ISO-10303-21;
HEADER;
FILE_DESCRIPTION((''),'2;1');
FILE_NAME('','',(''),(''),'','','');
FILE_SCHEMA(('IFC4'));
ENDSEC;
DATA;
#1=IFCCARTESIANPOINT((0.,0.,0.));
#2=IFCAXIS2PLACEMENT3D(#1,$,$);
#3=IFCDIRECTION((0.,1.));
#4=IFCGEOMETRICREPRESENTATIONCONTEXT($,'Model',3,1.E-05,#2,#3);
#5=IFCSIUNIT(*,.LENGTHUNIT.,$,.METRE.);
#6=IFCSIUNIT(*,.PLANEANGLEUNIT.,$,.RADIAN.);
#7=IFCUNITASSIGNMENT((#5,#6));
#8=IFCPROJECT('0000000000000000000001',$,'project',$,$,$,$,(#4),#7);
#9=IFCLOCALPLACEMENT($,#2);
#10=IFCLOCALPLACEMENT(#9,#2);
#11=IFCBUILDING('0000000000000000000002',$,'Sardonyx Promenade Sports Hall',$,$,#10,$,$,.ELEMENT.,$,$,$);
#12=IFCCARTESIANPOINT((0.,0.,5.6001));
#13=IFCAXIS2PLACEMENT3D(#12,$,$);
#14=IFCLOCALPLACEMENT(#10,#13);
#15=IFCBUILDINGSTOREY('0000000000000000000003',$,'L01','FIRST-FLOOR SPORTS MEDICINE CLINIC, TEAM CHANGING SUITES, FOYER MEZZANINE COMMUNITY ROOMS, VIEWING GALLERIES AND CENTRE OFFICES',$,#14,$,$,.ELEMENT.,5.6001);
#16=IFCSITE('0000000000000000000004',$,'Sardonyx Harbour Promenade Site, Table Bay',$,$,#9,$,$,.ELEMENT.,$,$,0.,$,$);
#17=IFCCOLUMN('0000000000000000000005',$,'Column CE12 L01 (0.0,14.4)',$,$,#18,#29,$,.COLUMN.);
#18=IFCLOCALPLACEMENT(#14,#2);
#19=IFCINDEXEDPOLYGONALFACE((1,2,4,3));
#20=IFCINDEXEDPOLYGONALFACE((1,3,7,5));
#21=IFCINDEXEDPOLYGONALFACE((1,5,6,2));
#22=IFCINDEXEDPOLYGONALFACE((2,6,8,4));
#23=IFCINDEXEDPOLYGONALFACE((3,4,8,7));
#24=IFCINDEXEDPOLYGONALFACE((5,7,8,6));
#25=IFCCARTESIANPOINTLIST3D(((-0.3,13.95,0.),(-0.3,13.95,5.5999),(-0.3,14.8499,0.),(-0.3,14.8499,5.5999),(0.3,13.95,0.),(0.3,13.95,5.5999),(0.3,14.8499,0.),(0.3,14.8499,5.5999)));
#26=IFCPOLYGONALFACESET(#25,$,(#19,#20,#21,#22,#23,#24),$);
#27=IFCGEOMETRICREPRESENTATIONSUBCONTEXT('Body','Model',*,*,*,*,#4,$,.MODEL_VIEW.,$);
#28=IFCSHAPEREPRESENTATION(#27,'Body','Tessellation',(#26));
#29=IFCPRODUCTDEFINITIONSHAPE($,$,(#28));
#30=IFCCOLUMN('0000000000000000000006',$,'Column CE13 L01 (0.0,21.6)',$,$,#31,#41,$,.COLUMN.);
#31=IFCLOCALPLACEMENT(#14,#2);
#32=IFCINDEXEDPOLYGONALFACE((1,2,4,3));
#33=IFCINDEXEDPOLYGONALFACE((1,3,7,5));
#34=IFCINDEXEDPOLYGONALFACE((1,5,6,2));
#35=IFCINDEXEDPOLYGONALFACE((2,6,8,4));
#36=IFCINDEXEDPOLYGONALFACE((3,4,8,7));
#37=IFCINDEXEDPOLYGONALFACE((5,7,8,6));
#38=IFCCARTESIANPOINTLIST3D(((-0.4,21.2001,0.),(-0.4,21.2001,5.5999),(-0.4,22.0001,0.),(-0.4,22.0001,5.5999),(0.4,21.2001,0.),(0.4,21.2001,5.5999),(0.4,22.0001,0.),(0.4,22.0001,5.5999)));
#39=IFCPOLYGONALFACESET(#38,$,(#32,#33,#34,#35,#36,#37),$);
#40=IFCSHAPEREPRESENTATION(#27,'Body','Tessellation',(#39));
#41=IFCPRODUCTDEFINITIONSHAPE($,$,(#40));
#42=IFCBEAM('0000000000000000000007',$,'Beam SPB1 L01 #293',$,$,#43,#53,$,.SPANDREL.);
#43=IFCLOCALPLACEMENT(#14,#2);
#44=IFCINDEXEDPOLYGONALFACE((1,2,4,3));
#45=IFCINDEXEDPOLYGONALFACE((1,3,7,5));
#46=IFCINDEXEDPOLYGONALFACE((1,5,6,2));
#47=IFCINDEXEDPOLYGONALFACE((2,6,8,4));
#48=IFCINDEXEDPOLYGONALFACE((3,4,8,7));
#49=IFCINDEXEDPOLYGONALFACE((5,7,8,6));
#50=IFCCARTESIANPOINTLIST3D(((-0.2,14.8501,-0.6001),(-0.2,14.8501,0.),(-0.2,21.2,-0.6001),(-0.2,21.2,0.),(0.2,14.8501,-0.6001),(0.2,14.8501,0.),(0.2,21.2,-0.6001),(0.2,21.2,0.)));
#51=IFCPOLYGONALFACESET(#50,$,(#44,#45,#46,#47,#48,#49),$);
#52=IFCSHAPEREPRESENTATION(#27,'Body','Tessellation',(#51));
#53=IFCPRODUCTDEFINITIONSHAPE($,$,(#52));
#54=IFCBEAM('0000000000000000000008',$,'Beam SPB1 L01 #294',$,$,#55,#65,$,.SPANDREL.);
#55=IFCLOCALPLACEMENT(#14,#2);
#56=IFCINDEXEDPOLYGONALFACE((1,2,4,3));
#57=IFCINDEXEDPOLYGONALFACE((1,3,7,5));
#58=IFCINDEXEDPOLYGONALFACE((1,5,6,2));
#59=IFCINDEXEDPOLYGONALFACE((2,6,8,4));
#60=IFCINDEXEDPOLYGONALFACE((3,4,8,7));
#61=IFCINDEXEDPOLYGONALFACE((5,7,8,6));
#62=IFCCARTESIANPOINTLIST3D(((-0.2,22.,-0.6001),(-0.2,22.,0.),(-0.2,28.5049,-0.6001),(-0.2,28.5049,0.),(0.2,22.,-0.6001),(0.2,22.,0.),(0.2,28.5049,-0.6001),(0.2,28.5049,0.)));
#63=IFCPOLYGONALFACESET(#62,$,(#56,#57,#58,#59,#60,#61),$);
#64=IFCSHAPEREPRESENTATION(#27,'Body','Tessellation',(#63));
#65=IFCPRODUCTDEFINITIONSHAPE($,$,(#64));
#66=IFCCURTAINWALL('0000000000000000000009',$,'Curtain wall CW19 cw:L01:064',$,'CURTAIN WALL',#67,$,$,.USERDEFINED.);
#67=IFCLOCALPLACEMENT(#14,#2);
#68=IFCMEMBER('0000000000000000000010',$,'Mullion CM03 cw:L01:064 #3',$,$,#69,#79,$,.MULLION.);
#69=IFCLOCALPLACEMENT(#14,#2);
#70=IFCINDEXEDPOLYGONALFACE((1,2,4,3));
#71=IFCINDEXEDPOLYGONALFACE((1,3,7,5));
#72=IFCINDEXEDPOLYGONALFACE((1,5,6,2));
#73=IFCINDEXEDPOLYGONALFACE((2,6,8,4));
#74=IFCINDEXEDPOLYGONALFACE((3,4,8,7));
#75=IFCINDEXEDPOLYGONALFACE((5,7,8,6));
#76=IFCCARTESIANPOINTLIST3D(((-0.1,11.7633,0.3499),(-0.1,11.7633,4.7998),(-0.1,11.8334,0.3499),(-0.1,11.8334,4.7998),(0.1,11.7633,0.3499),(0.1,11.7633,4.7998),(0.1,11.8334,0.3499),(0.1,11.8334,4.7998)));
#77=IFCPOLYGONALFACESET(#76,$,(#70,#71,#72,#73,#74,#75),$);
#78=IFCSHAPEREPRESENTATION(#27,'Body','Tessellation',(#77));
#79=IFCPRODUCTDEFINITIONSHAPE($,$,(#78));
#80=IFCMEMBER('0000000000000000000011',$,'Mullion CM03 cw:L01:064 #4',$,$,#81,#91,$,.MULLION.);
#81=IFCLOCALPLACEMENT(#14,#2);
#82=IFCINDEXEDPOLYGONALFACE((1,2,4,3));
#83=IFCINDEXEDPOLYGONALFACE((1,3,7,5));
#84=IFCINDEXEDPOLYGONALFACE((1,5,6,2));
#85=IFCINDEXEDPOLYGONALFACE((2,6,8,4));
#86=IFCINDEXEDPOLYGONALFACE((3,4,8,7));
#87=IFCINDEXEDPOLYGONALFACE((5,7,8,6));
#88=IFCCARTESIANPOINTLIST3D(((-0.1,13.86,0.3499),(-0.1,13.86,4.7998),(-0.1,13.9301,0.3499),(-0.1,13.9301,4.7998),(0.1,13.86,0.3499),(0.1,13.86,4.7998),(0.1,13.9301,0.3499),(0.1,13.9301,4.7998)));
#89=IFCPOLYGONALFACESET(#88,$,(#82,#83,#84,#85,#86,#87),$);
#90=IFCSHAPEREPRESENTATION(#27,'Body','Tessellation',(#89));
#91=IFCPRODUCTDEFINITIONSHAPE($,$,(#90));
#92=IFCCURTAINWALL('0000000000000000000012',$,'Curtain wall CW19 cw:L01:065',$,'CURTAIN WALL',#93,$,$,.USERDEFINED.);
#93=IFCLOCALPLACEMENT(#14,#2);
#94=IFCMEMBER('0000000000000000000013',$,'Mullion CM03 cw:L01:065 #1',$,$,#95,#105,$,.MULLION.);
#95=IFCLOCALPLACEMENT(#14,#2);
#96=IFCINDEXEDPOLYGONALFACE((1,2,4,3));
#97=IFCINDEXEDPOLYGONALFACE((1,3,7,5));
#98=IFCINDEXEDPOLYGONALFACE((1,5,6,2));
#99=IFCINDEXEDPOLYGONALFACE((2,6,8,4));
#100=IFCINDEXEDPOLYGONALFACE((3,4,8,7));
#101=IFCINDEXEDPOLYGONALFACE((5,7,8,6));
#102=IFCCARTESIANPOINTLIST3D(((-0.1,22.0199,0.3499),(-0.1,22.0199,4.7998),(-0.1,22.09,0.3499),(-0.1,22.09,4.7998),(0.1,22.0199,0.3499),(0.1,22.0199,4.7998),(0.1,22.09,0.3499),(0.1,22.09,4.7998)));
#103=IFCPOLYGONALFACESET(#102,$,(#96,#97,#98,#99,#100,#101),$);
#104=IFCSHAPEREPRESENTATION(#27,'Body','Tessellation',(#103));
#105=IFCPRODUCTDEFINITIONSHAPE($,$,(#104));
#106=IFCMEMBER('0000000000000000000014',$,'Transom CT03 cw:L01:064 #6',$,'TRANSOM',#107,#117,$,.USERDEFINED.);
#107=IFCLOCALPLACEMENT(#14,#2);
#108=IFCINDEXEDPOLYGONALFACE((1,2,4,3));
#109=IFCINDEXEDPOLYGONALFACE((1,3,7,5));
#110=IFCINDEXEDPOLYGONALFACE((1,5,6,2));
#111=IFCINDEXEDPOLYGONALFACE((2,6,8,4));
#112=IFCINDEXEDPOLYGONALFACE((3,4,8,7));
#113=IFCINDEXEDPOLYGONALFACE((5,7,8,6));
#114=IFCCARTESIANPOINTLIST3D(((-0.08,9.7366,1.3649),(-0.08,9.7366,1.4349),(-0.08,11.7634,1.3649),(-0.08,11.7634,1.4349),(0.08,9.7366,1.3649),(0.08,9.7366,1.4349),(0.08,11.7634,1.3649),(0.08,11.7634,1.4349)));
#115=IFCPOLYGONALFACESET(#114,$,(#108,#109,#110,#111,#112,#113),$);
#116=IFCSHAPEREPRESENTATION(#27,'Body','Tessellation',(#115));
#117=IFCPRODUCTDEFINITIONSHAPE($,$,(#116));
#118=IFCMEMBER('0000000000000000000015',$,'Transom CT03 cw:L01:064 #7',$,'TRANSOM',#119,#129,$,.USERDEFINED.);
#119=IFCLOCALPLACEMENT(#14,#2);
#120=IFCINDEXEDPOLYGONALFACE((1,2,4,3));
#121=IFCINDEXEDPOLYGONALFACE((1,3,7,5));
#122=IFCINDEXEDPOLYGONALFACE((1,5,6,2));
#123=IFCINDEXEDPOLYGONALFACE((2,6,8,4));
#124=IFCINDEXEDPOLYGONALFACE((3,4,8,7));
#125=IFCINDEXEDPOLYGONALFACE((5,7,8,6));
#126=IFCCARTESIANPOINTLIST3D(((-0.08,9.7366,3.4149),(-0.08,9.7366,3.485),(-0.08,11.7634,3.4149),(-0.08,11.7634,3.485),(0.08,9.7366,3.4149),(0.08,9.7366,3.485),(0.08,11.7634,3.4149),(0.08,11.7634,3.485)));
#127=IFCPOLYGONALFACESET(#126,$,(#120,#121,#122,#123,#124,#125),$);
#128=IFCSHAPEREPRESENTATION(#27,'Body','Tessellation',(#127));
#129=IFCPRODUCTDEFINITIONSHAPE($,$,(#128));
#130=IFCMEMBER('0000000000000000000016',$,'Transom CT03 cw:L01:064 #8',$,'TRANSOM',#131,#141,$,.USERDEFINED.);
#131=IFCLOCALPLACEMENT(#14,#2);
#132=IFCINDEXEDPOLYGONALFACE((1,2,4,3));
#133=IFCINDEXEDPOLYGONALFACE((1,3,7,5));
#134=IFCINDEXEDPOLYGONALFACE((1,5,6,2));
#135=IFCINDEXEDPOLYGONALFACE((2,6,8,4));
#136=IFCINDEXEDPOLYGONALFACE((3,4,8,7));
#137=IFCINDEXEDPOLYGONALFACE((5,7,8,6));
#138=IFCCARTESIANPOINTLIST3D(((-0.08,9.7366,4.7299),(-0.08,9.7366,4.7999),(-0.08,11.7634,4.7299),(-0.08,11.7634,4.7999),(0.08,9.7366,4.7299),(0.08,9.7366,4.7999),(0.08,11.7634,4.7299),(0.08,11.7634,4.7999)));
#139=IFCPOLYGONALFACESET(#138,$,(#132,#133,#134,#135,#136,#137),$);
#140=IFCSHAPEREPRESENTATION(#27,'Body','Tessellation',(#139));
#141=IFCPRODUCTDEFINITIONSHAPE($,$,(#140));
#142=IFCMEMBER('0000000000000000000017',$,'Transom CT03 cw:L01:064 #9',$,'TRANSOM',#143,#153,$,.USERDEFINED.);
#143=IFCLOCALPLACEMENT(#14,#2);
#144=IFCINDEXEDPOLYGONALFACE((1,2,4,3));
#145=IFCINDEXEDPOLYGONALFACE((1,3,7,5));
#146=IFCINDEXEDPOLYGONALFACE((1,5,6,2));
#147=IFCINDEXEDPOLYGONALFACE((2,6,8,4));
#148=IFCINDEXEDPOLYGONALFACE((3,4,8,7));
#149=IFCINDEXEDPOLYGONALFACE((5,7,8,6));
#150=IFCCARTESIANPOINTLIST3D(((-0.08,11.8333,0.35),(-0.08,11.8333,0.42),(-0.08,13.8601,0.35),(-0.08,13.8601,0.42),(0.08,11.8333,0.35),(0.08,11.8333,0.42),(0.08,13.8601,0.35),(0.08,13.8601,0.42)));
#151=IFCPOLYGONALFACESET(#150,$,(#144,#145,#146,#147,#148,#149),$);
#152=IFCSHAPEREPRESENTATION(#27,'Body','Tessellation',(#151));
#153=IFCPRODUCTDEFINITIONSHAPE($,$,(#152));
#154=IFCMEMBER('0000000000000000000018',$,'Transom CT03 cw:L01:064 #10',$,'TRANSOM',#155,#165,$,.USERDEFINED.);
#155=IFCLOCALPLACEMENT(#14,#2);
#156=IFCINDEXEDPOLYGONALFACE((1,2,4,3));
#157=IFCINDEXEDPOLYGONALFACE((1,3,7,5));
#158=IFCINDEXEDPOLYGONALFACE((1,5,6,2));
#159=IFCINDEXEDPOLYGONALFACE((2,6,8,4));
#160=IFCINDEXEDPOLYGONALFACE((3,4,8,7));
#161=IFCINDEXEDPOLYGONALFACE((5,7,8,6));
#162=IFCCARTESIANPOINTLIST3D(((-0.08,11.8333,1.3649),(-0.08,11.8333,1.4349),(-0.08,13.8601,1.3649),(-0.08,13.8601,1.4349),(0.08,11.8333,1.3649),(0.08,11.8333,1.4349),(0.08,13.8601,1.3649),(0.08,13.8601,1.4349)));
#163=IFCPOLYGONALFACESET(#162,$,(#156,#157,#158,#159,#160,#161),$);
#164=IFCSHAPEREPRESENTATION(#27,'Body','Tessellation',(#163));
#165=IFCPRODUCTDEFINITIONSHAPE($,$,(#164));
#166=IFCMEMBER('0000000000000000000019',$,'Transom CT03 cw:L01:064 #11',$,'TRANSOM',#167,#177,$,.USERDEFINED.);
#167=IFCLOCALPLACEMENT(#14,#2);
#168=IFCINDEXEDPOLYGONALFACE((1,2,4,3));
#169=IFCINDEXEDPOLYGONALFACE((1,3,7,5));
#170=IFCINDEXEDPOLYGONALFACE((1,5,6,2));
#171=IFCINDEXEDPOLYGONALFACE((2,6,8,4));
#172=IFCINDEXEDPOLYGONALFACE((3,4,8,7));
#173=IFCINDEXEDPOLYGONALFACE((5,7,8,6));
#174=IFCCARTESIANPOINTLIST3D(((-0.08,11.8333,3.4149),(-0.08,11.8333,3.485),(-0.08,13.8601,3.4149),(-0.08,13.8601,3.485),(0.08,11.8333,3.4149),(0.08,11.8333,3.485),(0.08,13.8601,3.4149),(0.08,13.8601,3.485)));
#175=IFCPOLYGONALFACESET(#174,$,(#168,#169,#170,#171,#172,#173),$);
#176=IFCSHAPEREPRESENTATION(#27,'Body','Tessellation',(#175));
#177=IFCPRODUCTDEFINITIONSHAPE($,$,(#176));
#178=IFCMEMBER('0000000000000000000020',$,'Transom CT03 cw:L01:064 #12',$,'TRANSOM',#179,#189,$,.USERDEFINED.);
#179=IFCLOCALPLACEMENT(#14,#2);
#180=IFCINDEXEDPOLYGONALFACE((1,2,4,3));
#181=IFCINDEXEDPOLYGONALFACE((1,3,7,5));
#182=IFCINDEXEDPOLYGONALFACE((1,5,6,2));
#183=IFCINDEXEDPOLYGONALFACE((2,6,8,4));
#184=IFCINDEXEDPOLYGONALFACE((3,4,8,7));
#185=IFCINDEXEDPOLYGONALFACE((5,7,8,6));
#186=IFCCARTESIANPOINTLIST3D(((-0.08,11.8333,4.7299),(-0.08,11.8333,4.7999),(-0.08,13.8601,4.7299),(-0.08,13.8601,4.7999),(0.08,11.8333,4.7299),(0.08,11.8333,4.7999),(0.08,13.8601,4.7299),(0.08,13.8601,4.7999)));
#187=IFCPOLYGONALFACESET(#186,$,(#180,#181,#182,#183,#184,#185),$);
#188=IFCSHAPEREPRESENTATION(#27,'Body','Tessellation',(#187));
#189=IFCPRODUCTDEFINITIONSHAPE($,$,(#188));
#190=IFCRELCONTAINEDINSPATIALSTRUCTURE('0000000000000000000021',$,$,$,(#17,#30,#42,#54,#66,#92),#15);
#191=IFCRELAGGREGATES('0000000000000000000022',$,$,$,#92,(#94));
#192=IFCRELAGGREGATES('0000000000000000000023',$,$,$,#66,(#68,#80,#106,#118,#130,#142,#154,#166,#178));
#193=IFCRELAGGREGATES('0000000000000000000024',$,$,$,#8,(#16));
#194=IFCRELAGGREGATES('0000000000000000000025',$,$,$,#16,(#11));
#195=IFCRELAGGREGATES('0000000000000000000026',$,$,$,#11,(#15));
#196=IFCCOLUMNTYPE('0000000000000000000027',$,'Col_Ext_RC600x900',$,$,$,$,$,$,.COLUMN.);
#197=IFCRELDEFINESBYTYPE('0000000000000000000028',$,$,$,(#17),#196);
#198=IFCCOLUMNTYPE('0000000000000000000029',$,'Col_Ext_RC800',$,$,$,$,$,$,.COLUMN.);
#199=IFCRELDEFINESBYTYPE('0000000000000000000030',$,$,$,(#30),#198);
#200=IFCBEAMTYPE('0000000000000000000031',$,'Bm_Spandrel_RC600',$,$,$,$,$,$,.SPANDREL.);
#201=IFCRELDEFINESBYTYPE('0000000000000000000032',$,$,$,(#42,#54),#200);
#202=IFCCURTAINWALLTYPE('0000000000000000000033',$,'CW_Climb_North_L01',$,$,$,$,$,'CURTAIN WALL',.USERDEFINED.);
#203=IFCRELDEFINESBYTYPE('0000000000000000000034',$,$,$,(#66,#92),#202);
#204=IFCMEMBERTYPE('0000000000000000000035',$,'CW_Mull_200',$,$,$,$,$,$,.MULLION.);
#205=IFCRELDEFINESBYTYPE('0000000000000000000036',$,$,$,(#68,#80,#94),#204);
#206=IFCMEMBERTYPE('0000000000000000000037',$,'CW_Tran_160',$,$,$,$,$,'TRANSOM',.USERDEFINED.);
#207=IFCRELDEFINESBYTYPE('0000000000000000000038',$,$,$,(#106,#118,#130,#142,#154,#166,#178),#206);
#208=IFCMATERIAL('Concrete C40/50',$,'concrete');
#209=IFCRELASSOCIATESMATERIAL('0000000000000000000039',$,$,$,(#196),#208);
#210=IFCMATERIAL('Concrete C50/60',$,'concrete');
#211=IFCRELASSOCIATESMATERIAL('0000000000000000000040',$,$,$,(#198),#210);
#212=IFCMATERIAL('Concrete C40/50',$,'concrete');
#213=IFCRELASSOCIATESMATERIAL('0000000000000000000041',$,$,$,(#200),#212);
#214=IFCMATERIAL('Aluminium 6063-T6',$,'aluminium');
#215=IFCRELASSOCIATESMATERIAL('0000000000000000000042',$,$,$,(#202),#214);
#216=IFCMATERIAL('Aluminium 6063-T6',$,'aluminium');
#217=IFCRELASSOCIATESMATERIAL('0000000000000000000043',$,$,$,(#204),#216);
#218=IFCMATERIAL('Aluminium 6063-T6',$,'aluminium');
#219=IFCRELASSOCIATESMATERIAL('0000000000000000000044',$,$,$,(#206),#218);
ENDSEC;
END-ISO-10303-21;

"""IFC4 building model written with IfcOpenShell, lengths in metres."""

from ifc_helpers import new_model, si_unit, direction, frame, origin, origin_2d, place, context, subcontext, project, spatial, rectangle, extrude, material, material_profile, profile_set, type_object, element, aggregate, save


model = new_model("IFC4")

# Units and contexts
model_context = context("Model", 3, precision=1e-05, world=origin(), true_north=direction((0.0, 1.0)))
body_context = subcontext(model_context, "Body", "Model", "MODEL_VIEW")
ifc_project = project(units=[si_unit("LENGTHUNIT", "METRE"), si_unit("PLANEANGLEUNIT", "RADIAN")], contexts=[model_context])

# Site, building, storey
site_placement = place(None, origin())
site = spatial("IfcSite", under=ifc_project, at=site_placement, Name="Sardonyx Harbour Promenade Site, Table Bay", CompositionType="ELEMENT", RefElevation=0.0)
building_placement = place(site_placement, origin())
building = spatial("IfcBuilding", under=site, at=building_placement, Name="Sardonyx Promenade Sports Hall", CompositionType="ELEMENT")
storey_placement = place(building_placement, frame((0.0, 0.0, 5.6001)))
storey = spatial("IfcBuildingStorey", under=building, at=storey_placement, Name="L01", Description="FIRST-FLOOR SPORTS MEDICINE CLINIC, TEAM CHANGING SUITES, FOYER MEZZANINE COMMUNITY ROOMS, VIEWING GALLERIES AND CENTRE OFFICES", CompositionType="ELEMENT", Elevation=5.6001)

# Columns
ifc_material_1 = material(Name="Concrete C40/50", Category="concrete")
ifc_material_profile_1 = material_profile(ifc_material_1, rectangle(XDim=0.6001, YDim=0.8999, at=origin_2d()))
ifc_profile_set_1 = profile_set([ifc_material_profile_1], Name="Concrete C40/50")
column_type_1 = type_object("IfcColumnType", Name="Col_Ext_RC600x900", PredefinedType="COLUMN", material=ifc_profile_set_1)
column_1_placement = place(storey_placement, frame((0.0, 14.3999, 0.0), z_axis=(0.0, 0.0, 1.0), x_axis=(1.0, 0.0, 0.0)))
element("IfcColumn", 1, at=column_1_placement, inside=storey, type_object=column_type_1, Name="Column CE12 L01 (0.0,14.4)", PredefinedType="COLUMN", context=body_context, shape_type="SweptSolid", body=[
    extrude(rectangle(XDim=0.6001, YDim=0.8999, at=origin_2d()), origin(), (0.0, 0.0, 1.0), 5.5999),
])
ifc_material_2 = material(Name="Concrete C50/60", Category="concrete")
ifc_material_profile_2 = material_profile(ifc_material_2, rectangle(XDim=0.8, YDim=0.8, at=origin_2d()))
ifc_profile_set_2 = profile_set([ifc_material_profile_2], Name="Concrete C50/60")
column_type_2 = type_object("IfcColumnType", Name="Col_Ext_RC800", PredefinedType="COLUMN", material=ifc_profile_set_2)
column_2_placement = place(storey_placement, frame((0.0, 21.6001, 0.0), z_axis=(0.0, 0.0, 1.0), x_axis=(1.0, 0.0, 0.0)))
element("IfcColumn", 2, at=column_2_placement, inside=storey, type_object=column_type_2, Name="Column CE13 L01 (0.0,21.6)", PredefinedType="COLUMN", context=body_context, shape_type="SweptSolid", body=[
    extrude(rectangle(XDim=0.8, YDim=0.8, at=origin_2d()), origin(), (0.0, 0.0, 1.0), 5.5999),
])

# Beams
ifc_material_3 = material(Name="Concrete C40/50", Category="concrete")
ifc_material_profile_3 = material_profile(ifc_material_3, rectangle(XDim=0.3999, YDim=0.6001, at=origin_2d()))
ifc_profile_set_3 = profile_set([ifc_material_profile_3], Name="Concrete C40/50")
beam_type = type_object("IfcBeamType", Name="Bm_Spandrel_RC600", PredefinedType="SPANDREL", material=ifc_profile_set_3)
beam_1_placement = place(storey_placement, frame((0.0, 14.8501, -0.3), z_axis=(0.0, 1.0, 0.0), x_axis=(-1.0, 0.0, 0.0)))
element("IfcBeam", 3, at=beam_1_placement, inside=storey, type_object=beam_type, Name="Beam SPB1 L01 #293", PredefinedType="SPANDREL", context=body_context, shape_type="SweptSolid", body=[
    extrude(rectangle(XDim=0.3999, YDim=0.6001, at=origin_2d()), origin(), (0.0, 0.0, 1.0), 6.3499),
])
beam_2_placement = place(storey_placement, frame((0.0, 22.0, -0.3), z_axis=(0.0, 1.0, 0.0), x_axis=(-1.0, 0.0, 0.0)))
element("IfcBeam", 4, at=beam_2_placement, inside=storey, type_object=beam_type, Name="Beam SPB1 L01 #294", PredefinedType="SPANDREL", context=body_context, shape_type="SweptSolid", body=[
    extrude(rectangle(XDim=0.3999, YDim=0.6001, at=origin_2d()), origin(), (0.0, 0.0, 1.0), 6.5049),
])

# Curtain wall, members
ifc_material_4 = material(Name="Aluminium 6063-T6", Category="aluminium")
curtain_wall_type = type_object("IfcCurtainWallType", Name="CW_Climb_North_L01", ElementType="CURTAIN WALL", PredefinedType="USERDEFINED", material=ifc_material_4)
curtain_wall_1_placement = place(storey_placement, origin())
curtain_wall_1 = element("IfcCurtainWall", 5, at=curtain_wall_1_placement, inside=storey, type_object=curtain_wall_type, Name="Curtain wall CW19 cw:L01:064", ObjectType="CURTAIN WALL", PredefinedType="USERDEFINED")
ifc_material_5 = material(Name="Aluminium 6063-T6", Category="aluminium")
ifc_material_profile_4 = material_profile(ifc_material_5, rectangle(XDim=0.0701, YDim=0.2, at=origin_2d()))
ifc_profile_set_4 = profile_set([ifc_material_profile_4], Name="Aluminium 6063-T6")
member_type_1 = type_object("IfcMemberType", Name="CW_Mull_200", PredefinedType="MULLION", material=ifc_profile_set_4)
member_1_placement = place(storey_placement, frame((0.0, 11.7983, 0.3499), z_axis=(0.0, 0.0, 1.0), x_axis=(0.0, 1.0, 0.0)))
member_1 = element("IfcMember", 6, at=member_1_placement, type_object=member_type_1, Name="Mullion CM03 cw:L01:064 #3", PredefinedType="MULLION", context=body_context, shape_type="SweptSolid", body=[
    extrude(rectangle(XDim=0.0701, YDim=0.2, at=origin_2d()), origin(), (0.0, 0.0, 1.0), 4.45),
])
member_2_placement = place(storey_placement, frame((0.0, 13.895, 0.3499), z_axis=(0.0, 0.0, 1.0), x_axis=(0.0, 1.0, 0.0)))
member_2 = element("IfcMember", 7, at=member_2_placement, type_object=member_type_1, Name="Mullion CM03 cw:L01:064 #4", PredefinedType="MULLION", context=body_context, shape_type="SweptSolid", body=[
    extrude(rectangle(XDim=0.0701, YDim=0.2, at=origin_2d()), origin(), (0.0, 0.0, 1.0), 4.45),
])

# Curtain wall, member
curtain_wall_2_placement = place(storey_placement, origin())
curtain_wall_2 = element("IfcCurtainWall", 8, at=curtain_wall_2_placement, inside=storey, type_object=curtain_wall_type, Name="Curtain wall CW19 cw:L01:065", ObjectType="CURTAIN WALL", PredefinedType="USERDEFINED")
member_3_placement = place(storey_placement, frame((0.0, 22.0549, 0.3499), z_axis=(0.0, 0.0, 1.0), x_axis=(0.0, 1.0, 0.0)))
member_3 = element("IfcMember", 9, at=member_3_placement, type_object=member_type_1, Name="Mullion CM03 cw:L01:065 #1", PredefinedType="MULLION", context=body_context, shape_type="SweptSolid", body=[
    extrude(rectangle(XDim=0.0701, YDim=0.2, at=origin_2d()), origin(), (0.0, 0.0, 1.0), 4.45),
])

# Members
ifc_material_6 = material(Name="Aluminium 6063-T6", Category="aluminium")
ifc_material_profile_5 = material_profile(ifc_material_6, rectangle(XDim=0.0701, YDim=0.1599, at=origin_2d()))
ifc_profile_set_5 = profile_set([ifc_material_profile_5], Name="Aluminium 6063-T6")
member_type_2 = type_object("IfcMemberType", Name="CW_Tran_160", ElementType="TRANSOM", PredefinedType="USERDEFINED", material=ifc_profile_set_5)
member_4_placement = place(storey_placement, frame((0.0, 9.7366, 1.3999), z_axis=(0.0, 1.0, 0.0), x_axis=(0.0, 0.0, 1.0)))
member_4 = element("IfcMember", 10, at=member_4_placement, type_object=member_type_2, Name="Transom CT03 cw:L01:064 #6", ObjectType="TRANSOM", PredefinedType="USERDEFINED", context=body_context, shape_type="SweptSolid", body=[
    extrude(rectangle(XDim=0.0701, YDim=0.1599, at=origin_2d()), origin(), (0.0, 0.0, 1.0), 2.0269),
])
member_5_placement = place(storey_placement, frame((0.0, 9.7366, 3.45), z_axis=(0.0, 1.0, 0.0), x_axis=(0.0, 0.0, 1.0)))
member_5 = element("IfcMember", 11, at=member_5_placement, type_object=member_type_2, Name="Transom CT03 cw:L01:064 #7", ObjectType="TRANSOM", PredefinedType="USERDEFINED", context=body_context, shape_type="SweptSolid", body=[
    extrude(rectangle(XDim=0.0701, YDim=0.1599, at=origin_2d()), origin(), (0.0, 0.0, 1.0), 2.0269),
])
member_6_placement = place(storey_placement, frame((0.0, 9.7366, 4.7649), z_axis=(0.0, 1.0, 0.0), x_axis=(0.0, 0.0, 1.0)))
member_6 = element("IfcMember", 12, at=member_6_placement, type_object=member_type_2, Name="Transom CT03 cw:L01:064 #8", ObjectType="TRANSOM", PredefinedType="USERDEFINED", context=body_context, shape_type="SweptSolid", body=[
    extrude(rectangle(XDim=0.0701, YDim=0.1599, at=origin_2d()), origin(), (0.0, 0.0, 1.0), 2.0269),
])
member_7_placement = place(storey_placement, frame((0.0, 11.8333, 0.385), z_axis=(0.0, 1.0, 0.0), x_axis=(0.0, 0.0, 1.0)))
member_7 = element("IfcMember", 13, at=member_7_placement, type_object=member_type_2, Name="Transom CT03 cw:L01:064 #9", ObjectType="TRANSOM", PredefinedType="USERDEFINED", context=body_context, shape_type="SweptSolid", body=[
    extrude(rectangle(XDim=0.0701, YDim=0.1599, at=origin_2d()), origin(), (0.0, 0.0, 1.0), 2.0269),
])
member_8_placement = place(storey_placement, frame((0.0, 11.8333, 1.3999), z_axis=(0.0, 1.0, 0.0), x_axis=(0.0, 0.0, 1.0)))
member_8 = element("IfcMember", 14, at=member_8_placement, type_object=member_type_2, Name="Transom CT03 cw:L01:064 #10", ObjectType="TRANSOM", PredefinedType="USERDEFINED", context=body_context, shape_type="SweptSolid", body=[
    extrude(rectangle(XDim=0.0701, YDim=0.1599, at=origin_2d()), origin(), (0.0, 0.0, 1.0), 2.0269),
])
member_9_placement = place(storey_placement, frame((0.0, 11.8333, 3.45), z_axis=(0.0, 1.0, 0.0), x_axis=(0.0, 0.0, 1.0)))
member_9 = element("IfcMember", 15, at=member_9_placement, type_object=member_type_2, Name="Transom CT03 cw:L01:064 #11", ObjectType="TRANSOM", PredefinedType="USERDEFINED", context=body_context, shape_type="SweptSolid", body=[
    extrude(rectangle(XDim=0.0701, YDim=0.1599, at=origin_2d()), origin(), (0.0, 0.0, 1.0), 2.0269),
])
member_10_placement = place(storey_placement, frame((0.0, 11.8333, 4.7649), z_axis=(0.0, 1.0, 0.0), x_axis=(0.0, 0.0, 1.0)))
member_10 = element("IfcMember", 16, at=member_10_placement, type_object=member_type_2, Name="Transom CT03 cw:L01:064 #12", ObjectType="TRANSOM", PredefinedType="USERDEFINED", context=body_context, shape_type="SweptSolid", body=[
    extrude(rectangle(XDim=0.0701, YDim=0.1599, at=origin_2d()), origin(), (0.0, 0.0, 1.0), 2.0269),
])
aggregate(curtain_wall_2, [member_3])

aggregate(curtain_wall_1, [member_1, member_2, member_4, member_5, member_6, member_7, member_8, member_9, member_10])

save(model, "model.ifc")
